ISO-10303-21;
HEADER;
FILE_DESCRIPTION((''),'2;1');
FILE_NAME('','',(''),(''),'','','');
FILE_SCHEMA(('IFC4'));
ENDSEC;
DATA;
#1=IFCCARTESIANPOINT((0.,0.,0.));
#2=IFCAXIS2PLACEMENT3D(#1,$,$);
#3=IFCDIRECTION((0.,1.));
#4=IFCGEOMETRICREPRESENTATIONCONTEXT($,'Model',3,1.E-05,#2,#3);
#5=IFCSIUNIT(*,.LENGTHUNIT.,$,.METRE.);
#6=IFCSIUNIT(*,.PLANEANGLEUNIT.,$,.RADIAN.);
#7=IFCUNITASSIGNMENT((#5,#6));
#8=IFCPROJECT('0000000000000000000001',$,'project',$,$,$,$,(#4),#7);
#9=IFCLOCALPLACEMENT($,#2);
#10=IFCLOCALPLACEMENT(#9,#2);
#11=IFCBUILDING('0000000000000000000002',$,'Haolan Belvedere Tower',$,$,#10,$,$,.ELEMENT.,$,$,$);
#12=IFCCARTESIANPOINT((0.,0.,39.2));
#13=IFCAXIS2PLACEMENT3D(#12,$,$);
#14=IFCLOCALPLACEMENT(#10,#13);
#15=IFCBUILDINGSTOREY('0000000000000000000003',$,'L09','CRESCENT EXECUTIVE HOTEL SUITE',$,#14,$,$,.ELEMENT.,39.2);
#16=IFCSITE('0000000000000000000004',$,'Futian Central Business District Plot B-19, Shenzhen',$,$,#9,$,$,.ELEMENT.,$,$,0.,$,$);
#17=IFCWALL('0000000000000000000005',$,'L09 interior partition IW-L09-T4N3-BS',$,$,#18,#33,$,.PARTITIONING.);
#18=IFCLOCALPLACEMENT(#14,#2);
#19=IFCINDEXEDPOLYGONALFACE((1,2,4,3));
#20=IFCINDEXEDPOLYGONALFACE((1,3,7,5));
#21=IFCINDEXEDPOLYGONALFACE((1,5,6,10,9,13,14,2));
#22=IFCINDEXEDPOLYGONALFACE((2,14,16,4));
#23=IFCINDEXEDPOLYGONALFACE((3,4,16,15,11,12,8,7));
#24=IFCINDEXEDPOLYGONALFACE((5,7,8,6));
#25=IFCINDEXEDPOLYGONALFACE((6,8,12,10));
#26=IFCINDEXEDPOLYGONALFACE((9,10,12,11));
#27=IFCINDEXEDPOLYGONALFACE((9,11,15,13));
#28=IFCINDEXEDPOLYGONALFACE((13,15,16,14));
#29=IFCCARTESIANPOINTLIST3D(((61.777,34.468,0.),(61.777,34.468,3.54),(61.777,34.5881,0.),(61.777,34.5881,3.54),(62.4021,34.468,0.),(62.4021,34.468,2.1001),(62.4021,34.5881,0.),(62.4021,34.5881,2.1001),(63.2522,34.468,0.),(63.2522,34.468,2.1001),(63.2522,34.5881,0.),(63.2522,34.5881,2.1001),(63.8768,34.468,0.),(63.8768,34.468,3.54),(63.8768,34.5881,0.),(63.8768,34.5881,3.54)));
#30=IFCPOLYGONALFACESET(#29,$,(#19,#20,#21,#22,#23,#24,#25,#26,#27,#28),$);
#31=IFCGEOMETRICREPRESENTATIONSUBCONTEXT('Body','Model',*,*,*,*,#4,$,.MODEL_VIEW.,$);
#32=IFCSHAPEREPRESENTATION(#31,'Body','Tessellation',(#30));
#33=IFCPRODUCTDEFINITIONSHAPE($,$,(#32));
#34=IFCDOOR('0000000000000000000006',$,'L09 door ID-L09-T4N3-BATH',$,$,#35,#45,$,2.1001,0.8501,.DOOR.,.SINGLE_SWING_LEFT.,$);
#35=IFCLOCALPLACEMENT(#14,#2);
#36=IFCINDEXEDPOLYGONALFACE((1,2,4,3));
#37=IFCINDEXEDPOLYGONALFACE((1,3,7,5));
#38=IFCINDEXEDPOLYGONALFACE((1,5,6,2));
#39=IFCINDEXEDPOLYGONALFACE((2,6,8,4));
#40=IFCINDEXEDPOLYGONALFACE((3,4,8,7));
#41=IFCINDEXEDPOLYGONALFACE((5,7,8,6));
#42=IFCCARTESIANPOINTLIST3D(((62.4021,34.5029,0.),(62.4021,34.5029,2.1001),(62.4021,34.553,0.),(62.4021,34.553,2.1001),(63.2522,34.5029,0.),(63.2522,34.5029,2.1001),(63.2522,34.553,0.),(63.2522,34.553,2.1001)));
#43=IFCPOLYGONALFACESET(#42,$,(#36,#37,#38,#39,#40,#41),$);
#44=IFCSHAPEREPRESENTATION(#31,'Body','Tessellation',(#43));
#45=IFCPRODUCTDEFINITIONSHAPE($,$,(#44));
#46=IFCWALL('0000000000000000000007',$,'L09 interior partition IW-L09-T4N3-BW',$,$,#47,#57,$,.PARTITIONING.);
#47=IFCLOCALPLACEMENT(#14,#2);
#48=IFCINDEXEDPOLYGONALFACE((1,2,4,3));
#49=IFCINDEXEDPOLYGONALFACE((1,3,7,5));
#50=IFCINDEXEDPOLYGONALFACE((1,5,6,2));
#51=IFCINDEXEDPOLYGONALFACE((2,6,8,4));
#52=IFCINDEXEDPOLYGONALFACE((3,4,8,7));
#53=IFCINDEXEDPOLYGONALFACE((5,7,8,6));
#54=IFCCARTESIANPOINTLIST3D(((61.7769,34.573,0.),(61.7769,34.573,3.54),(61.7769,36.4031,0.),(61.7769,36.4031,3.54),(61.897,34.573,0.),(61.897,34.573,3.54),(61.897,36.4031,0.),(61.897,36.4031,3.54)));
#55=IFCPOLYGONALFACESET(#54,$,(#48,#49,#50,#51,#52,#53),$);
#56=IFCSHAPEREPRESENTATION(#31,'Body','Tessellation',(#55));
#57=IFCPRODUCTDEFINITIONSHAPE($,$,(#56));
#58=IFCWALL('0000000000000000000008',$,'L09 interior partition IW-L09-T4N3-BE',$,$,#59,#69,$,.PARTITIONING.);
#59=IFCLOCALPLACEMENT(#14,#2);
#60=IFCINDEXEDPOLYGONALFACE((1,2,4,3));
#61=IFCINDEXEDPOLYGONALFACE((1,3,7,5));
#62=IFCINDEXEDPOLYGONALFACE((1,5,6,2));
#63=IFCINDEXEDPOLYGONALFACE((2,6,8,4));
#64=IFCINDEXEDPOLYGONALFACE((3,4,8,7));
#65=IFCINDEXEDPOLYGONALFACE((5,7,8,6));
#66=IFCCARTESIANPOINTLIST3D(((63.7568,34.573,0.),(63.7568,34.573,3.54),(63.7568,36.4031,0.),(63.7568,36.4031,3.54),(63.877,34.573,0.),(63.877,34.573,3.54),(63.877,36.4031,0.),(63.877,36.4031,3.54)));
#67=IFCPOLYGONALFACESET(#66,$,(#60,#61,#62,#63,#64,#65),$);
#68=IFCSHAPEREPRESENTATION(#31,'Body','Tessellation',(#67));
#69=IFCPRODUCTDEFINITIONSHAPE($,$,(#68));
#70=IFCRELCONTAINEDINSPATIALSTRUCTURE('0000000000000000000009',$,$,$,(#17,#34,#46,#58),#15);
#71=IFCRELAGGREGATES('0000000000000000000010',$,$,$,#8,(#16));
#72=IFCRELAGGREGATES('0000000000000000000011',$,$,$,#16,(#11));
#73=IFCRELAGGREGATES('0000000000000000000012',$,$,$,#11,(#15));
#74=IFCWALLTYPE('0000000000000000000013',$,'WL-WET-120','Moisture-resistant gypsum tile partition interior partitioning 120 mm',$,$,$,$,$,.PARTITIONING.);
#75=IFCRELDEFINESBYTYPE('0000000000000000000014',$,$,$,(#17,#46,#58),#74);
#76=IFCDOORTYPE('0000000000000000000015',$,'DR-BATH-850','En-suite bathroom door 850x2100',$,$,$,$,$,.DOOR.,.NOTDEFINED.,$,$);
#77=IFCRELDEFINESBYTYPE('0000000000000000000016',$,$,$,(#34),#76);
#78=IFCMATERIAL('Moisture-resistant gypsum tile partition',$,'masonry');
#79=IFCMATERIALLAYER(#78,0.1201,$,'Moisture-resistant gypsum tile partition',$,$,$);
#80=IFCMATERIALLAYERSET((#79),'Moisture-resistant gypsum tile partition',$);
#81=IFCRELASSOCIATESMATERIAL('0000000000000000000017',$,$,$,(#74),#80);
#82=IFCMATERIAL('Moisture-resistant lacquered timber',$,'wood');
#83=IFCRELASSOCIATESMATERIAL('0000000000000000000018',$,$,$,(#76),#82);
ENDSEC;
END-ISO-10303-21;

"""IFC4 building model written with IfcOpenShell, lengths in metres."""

from ifc_helpers import new_model, si_unit, direction, frame, frame_2d, origin, place, context, subcontext, project, spatial, rectangle, extrude, material, layer, layer_set, type_object, element, fill, save


model = new_model("IFC4")

# Units and contexts
model_context = context("Model", 3, precision=1e-05, world=origin(), true_north=direction((0.0, 1.0)))
body_context = subcontext(model_context, "Body", "Model", "MODEL_VIEW")
ifc_project = project(units=[si_unit("LENGTHUNIT", "METRE"), si_unit("PLANEANGLEUNIT", "RADIAN")], contexts=[model_context])

# Site, building, storey
site_placement = place(None, origin())
site = spatial("IfcSite", under=ifc_project, at=site_placement, Name="Futian Central Business District Plot B-19, Shenzhen", CompositionType="ELEMENT", RefElevation=0.0)
building_placement = place(site_placement, origin())
building = spatial("IfcBuilding", under=site, at=building_placement, Name="Haolan Belvedere Tower", CompositionType="ELEMENT")
storey_placement = place(building_placement, frame((0.0, 0.0, 39.2)))
storey = spatial("IfcBuildingStorey", under=building, at=storey_placement, Name="L09", Description="CRESCENT EXECUTIVE HOTEL SUITE", CompositionType="ELEMENT", Elevation=39.2)

# Shared definitions
ifc_material_1 = material(Name="Moisture-resistant gypsum tile partition", Category="masonry")
ifc_layer_1 = layer(ifc_material_1, 0.1201, Name="Moisture-resistant gypsum tile partition")
ifc_layer_set_1 = layer_set([ifc_layer_1], Name="Moisture-resistant gypsum tile partition")
wall_type_1 = type_object("IfcWallType", Name="WL-WET-120", Description="Moisture-resistant gypsum tile partition interior partitioning 120 mm", PredefinedType="PARTITIONING", material=ifc_layer_set_1)

# Wall, opening, door
wall_1_placement = place(storey_placement, frame((61.7771, 34.5281, 0.0), z_axis=(0.0, 0.0, 1.0), x_axis=(1.0, 0.0, 0.0)))
wall_1 = element("IfcWall", 1, at=wall_1_placement, inside=storey, type_object=wall_type_1, Name="L09 interior partition IW-L09-T4N3-BS", PredefinedType="PARTITIONING", context=body_context, shape_type="SweptSolid", body=[
    extrude(rectangle(XDim=2.0999, YDim=0.1201, at=frame_2d((1.0498, 0.0))), origin(), (0.0, 0.0, 1.0), 3.54),
])
opening_1_placement = place(wall_1_placement, frame((0.625, 0.0, 0.0)))
opening_1 = element("IfcOpeningElement", 2, at=opening_1_placement, cuts=wall_1, PredefinedType="OPENING", context=body_context, shape_type="SweptSolid", body=[
    extrude(rectangle(XDim=0.8501, YDim=2.1001, at=frame_2d((0.425, 1.05))), frame((0.0, 0.0701, 0.0), z_axis=(0.0, -1.0, 0.0), x_axis=(1.0, 0.0, 0.0)), (0.0, 0.0, 1.0), 0.1401),
])
ifc_material_2 = material(Name="Moisture-resistant lacquered timber", Category="wood")
door_type = type_object("IfcDoorType", Name="DR-BATH-850", Description="En-suite bathroom door 850x2100", OperationType="NOTDEFINED", PredefinedType="DOOR", material=ifc_material_2)
door_placement = place(opening_1_placement, origin())
door = element("IfcDoor", 3, at=door_placement, inside=storey, type_object=door_type, Name="L09 door ID-L09-T4N3-BATH", OperationType="SINGLE_SWING_LEFT", OverallHeight=2.1001, OverallWidth=0.8501, PredefinedType="DOOR", context=body_context, shape_type="SweptSolid", body=[
    extrude(rectangle(XDim=0.8501, YDim=2.1001, at=frame_2d((0.425, 1.05))), frame((0.0, 0.0249, 0.0), z_axis=(0.0, -1.0, 0.0), x_axis=(1.0, 0.0, 0.0)), (0.0, 0.0, 1.0), 0.05),
])
fill(opening_1, door)

# Walls
for number, where, z_axis, x_axis, name in (
    (4, (61.8369, 34.573, 0.0), (0.0, 0.0, 1.0), (0.0, 1.0, 0.0), "L09 interior partition IW-L09-T4N3-BW"),
    (5, (63.8169, 34.573, 0.0), (0.0, 0.0, 1.0), (0.0, 1.0, 0.0), "L09 interior partition IW-L09-T4N3-BE"),
):
    element("IfcWall", number, at=place(storey_placement, frame(where, z_axis=z_axis, x_axis=x_axis)), inside=storey, type_object=wall_type_1, Name=name, PredefinedType="PARTITIONING", context=body_context, shape_type="SweptSolid", body=[
        extrude(rectangle(XDim=1.8301, YDim=0.1201, at=frame_2d((0.915, 0.0))), origin(), (0.0, 0.0, 1.0), 3.54),
    ])

save(model, "model.ifc")
